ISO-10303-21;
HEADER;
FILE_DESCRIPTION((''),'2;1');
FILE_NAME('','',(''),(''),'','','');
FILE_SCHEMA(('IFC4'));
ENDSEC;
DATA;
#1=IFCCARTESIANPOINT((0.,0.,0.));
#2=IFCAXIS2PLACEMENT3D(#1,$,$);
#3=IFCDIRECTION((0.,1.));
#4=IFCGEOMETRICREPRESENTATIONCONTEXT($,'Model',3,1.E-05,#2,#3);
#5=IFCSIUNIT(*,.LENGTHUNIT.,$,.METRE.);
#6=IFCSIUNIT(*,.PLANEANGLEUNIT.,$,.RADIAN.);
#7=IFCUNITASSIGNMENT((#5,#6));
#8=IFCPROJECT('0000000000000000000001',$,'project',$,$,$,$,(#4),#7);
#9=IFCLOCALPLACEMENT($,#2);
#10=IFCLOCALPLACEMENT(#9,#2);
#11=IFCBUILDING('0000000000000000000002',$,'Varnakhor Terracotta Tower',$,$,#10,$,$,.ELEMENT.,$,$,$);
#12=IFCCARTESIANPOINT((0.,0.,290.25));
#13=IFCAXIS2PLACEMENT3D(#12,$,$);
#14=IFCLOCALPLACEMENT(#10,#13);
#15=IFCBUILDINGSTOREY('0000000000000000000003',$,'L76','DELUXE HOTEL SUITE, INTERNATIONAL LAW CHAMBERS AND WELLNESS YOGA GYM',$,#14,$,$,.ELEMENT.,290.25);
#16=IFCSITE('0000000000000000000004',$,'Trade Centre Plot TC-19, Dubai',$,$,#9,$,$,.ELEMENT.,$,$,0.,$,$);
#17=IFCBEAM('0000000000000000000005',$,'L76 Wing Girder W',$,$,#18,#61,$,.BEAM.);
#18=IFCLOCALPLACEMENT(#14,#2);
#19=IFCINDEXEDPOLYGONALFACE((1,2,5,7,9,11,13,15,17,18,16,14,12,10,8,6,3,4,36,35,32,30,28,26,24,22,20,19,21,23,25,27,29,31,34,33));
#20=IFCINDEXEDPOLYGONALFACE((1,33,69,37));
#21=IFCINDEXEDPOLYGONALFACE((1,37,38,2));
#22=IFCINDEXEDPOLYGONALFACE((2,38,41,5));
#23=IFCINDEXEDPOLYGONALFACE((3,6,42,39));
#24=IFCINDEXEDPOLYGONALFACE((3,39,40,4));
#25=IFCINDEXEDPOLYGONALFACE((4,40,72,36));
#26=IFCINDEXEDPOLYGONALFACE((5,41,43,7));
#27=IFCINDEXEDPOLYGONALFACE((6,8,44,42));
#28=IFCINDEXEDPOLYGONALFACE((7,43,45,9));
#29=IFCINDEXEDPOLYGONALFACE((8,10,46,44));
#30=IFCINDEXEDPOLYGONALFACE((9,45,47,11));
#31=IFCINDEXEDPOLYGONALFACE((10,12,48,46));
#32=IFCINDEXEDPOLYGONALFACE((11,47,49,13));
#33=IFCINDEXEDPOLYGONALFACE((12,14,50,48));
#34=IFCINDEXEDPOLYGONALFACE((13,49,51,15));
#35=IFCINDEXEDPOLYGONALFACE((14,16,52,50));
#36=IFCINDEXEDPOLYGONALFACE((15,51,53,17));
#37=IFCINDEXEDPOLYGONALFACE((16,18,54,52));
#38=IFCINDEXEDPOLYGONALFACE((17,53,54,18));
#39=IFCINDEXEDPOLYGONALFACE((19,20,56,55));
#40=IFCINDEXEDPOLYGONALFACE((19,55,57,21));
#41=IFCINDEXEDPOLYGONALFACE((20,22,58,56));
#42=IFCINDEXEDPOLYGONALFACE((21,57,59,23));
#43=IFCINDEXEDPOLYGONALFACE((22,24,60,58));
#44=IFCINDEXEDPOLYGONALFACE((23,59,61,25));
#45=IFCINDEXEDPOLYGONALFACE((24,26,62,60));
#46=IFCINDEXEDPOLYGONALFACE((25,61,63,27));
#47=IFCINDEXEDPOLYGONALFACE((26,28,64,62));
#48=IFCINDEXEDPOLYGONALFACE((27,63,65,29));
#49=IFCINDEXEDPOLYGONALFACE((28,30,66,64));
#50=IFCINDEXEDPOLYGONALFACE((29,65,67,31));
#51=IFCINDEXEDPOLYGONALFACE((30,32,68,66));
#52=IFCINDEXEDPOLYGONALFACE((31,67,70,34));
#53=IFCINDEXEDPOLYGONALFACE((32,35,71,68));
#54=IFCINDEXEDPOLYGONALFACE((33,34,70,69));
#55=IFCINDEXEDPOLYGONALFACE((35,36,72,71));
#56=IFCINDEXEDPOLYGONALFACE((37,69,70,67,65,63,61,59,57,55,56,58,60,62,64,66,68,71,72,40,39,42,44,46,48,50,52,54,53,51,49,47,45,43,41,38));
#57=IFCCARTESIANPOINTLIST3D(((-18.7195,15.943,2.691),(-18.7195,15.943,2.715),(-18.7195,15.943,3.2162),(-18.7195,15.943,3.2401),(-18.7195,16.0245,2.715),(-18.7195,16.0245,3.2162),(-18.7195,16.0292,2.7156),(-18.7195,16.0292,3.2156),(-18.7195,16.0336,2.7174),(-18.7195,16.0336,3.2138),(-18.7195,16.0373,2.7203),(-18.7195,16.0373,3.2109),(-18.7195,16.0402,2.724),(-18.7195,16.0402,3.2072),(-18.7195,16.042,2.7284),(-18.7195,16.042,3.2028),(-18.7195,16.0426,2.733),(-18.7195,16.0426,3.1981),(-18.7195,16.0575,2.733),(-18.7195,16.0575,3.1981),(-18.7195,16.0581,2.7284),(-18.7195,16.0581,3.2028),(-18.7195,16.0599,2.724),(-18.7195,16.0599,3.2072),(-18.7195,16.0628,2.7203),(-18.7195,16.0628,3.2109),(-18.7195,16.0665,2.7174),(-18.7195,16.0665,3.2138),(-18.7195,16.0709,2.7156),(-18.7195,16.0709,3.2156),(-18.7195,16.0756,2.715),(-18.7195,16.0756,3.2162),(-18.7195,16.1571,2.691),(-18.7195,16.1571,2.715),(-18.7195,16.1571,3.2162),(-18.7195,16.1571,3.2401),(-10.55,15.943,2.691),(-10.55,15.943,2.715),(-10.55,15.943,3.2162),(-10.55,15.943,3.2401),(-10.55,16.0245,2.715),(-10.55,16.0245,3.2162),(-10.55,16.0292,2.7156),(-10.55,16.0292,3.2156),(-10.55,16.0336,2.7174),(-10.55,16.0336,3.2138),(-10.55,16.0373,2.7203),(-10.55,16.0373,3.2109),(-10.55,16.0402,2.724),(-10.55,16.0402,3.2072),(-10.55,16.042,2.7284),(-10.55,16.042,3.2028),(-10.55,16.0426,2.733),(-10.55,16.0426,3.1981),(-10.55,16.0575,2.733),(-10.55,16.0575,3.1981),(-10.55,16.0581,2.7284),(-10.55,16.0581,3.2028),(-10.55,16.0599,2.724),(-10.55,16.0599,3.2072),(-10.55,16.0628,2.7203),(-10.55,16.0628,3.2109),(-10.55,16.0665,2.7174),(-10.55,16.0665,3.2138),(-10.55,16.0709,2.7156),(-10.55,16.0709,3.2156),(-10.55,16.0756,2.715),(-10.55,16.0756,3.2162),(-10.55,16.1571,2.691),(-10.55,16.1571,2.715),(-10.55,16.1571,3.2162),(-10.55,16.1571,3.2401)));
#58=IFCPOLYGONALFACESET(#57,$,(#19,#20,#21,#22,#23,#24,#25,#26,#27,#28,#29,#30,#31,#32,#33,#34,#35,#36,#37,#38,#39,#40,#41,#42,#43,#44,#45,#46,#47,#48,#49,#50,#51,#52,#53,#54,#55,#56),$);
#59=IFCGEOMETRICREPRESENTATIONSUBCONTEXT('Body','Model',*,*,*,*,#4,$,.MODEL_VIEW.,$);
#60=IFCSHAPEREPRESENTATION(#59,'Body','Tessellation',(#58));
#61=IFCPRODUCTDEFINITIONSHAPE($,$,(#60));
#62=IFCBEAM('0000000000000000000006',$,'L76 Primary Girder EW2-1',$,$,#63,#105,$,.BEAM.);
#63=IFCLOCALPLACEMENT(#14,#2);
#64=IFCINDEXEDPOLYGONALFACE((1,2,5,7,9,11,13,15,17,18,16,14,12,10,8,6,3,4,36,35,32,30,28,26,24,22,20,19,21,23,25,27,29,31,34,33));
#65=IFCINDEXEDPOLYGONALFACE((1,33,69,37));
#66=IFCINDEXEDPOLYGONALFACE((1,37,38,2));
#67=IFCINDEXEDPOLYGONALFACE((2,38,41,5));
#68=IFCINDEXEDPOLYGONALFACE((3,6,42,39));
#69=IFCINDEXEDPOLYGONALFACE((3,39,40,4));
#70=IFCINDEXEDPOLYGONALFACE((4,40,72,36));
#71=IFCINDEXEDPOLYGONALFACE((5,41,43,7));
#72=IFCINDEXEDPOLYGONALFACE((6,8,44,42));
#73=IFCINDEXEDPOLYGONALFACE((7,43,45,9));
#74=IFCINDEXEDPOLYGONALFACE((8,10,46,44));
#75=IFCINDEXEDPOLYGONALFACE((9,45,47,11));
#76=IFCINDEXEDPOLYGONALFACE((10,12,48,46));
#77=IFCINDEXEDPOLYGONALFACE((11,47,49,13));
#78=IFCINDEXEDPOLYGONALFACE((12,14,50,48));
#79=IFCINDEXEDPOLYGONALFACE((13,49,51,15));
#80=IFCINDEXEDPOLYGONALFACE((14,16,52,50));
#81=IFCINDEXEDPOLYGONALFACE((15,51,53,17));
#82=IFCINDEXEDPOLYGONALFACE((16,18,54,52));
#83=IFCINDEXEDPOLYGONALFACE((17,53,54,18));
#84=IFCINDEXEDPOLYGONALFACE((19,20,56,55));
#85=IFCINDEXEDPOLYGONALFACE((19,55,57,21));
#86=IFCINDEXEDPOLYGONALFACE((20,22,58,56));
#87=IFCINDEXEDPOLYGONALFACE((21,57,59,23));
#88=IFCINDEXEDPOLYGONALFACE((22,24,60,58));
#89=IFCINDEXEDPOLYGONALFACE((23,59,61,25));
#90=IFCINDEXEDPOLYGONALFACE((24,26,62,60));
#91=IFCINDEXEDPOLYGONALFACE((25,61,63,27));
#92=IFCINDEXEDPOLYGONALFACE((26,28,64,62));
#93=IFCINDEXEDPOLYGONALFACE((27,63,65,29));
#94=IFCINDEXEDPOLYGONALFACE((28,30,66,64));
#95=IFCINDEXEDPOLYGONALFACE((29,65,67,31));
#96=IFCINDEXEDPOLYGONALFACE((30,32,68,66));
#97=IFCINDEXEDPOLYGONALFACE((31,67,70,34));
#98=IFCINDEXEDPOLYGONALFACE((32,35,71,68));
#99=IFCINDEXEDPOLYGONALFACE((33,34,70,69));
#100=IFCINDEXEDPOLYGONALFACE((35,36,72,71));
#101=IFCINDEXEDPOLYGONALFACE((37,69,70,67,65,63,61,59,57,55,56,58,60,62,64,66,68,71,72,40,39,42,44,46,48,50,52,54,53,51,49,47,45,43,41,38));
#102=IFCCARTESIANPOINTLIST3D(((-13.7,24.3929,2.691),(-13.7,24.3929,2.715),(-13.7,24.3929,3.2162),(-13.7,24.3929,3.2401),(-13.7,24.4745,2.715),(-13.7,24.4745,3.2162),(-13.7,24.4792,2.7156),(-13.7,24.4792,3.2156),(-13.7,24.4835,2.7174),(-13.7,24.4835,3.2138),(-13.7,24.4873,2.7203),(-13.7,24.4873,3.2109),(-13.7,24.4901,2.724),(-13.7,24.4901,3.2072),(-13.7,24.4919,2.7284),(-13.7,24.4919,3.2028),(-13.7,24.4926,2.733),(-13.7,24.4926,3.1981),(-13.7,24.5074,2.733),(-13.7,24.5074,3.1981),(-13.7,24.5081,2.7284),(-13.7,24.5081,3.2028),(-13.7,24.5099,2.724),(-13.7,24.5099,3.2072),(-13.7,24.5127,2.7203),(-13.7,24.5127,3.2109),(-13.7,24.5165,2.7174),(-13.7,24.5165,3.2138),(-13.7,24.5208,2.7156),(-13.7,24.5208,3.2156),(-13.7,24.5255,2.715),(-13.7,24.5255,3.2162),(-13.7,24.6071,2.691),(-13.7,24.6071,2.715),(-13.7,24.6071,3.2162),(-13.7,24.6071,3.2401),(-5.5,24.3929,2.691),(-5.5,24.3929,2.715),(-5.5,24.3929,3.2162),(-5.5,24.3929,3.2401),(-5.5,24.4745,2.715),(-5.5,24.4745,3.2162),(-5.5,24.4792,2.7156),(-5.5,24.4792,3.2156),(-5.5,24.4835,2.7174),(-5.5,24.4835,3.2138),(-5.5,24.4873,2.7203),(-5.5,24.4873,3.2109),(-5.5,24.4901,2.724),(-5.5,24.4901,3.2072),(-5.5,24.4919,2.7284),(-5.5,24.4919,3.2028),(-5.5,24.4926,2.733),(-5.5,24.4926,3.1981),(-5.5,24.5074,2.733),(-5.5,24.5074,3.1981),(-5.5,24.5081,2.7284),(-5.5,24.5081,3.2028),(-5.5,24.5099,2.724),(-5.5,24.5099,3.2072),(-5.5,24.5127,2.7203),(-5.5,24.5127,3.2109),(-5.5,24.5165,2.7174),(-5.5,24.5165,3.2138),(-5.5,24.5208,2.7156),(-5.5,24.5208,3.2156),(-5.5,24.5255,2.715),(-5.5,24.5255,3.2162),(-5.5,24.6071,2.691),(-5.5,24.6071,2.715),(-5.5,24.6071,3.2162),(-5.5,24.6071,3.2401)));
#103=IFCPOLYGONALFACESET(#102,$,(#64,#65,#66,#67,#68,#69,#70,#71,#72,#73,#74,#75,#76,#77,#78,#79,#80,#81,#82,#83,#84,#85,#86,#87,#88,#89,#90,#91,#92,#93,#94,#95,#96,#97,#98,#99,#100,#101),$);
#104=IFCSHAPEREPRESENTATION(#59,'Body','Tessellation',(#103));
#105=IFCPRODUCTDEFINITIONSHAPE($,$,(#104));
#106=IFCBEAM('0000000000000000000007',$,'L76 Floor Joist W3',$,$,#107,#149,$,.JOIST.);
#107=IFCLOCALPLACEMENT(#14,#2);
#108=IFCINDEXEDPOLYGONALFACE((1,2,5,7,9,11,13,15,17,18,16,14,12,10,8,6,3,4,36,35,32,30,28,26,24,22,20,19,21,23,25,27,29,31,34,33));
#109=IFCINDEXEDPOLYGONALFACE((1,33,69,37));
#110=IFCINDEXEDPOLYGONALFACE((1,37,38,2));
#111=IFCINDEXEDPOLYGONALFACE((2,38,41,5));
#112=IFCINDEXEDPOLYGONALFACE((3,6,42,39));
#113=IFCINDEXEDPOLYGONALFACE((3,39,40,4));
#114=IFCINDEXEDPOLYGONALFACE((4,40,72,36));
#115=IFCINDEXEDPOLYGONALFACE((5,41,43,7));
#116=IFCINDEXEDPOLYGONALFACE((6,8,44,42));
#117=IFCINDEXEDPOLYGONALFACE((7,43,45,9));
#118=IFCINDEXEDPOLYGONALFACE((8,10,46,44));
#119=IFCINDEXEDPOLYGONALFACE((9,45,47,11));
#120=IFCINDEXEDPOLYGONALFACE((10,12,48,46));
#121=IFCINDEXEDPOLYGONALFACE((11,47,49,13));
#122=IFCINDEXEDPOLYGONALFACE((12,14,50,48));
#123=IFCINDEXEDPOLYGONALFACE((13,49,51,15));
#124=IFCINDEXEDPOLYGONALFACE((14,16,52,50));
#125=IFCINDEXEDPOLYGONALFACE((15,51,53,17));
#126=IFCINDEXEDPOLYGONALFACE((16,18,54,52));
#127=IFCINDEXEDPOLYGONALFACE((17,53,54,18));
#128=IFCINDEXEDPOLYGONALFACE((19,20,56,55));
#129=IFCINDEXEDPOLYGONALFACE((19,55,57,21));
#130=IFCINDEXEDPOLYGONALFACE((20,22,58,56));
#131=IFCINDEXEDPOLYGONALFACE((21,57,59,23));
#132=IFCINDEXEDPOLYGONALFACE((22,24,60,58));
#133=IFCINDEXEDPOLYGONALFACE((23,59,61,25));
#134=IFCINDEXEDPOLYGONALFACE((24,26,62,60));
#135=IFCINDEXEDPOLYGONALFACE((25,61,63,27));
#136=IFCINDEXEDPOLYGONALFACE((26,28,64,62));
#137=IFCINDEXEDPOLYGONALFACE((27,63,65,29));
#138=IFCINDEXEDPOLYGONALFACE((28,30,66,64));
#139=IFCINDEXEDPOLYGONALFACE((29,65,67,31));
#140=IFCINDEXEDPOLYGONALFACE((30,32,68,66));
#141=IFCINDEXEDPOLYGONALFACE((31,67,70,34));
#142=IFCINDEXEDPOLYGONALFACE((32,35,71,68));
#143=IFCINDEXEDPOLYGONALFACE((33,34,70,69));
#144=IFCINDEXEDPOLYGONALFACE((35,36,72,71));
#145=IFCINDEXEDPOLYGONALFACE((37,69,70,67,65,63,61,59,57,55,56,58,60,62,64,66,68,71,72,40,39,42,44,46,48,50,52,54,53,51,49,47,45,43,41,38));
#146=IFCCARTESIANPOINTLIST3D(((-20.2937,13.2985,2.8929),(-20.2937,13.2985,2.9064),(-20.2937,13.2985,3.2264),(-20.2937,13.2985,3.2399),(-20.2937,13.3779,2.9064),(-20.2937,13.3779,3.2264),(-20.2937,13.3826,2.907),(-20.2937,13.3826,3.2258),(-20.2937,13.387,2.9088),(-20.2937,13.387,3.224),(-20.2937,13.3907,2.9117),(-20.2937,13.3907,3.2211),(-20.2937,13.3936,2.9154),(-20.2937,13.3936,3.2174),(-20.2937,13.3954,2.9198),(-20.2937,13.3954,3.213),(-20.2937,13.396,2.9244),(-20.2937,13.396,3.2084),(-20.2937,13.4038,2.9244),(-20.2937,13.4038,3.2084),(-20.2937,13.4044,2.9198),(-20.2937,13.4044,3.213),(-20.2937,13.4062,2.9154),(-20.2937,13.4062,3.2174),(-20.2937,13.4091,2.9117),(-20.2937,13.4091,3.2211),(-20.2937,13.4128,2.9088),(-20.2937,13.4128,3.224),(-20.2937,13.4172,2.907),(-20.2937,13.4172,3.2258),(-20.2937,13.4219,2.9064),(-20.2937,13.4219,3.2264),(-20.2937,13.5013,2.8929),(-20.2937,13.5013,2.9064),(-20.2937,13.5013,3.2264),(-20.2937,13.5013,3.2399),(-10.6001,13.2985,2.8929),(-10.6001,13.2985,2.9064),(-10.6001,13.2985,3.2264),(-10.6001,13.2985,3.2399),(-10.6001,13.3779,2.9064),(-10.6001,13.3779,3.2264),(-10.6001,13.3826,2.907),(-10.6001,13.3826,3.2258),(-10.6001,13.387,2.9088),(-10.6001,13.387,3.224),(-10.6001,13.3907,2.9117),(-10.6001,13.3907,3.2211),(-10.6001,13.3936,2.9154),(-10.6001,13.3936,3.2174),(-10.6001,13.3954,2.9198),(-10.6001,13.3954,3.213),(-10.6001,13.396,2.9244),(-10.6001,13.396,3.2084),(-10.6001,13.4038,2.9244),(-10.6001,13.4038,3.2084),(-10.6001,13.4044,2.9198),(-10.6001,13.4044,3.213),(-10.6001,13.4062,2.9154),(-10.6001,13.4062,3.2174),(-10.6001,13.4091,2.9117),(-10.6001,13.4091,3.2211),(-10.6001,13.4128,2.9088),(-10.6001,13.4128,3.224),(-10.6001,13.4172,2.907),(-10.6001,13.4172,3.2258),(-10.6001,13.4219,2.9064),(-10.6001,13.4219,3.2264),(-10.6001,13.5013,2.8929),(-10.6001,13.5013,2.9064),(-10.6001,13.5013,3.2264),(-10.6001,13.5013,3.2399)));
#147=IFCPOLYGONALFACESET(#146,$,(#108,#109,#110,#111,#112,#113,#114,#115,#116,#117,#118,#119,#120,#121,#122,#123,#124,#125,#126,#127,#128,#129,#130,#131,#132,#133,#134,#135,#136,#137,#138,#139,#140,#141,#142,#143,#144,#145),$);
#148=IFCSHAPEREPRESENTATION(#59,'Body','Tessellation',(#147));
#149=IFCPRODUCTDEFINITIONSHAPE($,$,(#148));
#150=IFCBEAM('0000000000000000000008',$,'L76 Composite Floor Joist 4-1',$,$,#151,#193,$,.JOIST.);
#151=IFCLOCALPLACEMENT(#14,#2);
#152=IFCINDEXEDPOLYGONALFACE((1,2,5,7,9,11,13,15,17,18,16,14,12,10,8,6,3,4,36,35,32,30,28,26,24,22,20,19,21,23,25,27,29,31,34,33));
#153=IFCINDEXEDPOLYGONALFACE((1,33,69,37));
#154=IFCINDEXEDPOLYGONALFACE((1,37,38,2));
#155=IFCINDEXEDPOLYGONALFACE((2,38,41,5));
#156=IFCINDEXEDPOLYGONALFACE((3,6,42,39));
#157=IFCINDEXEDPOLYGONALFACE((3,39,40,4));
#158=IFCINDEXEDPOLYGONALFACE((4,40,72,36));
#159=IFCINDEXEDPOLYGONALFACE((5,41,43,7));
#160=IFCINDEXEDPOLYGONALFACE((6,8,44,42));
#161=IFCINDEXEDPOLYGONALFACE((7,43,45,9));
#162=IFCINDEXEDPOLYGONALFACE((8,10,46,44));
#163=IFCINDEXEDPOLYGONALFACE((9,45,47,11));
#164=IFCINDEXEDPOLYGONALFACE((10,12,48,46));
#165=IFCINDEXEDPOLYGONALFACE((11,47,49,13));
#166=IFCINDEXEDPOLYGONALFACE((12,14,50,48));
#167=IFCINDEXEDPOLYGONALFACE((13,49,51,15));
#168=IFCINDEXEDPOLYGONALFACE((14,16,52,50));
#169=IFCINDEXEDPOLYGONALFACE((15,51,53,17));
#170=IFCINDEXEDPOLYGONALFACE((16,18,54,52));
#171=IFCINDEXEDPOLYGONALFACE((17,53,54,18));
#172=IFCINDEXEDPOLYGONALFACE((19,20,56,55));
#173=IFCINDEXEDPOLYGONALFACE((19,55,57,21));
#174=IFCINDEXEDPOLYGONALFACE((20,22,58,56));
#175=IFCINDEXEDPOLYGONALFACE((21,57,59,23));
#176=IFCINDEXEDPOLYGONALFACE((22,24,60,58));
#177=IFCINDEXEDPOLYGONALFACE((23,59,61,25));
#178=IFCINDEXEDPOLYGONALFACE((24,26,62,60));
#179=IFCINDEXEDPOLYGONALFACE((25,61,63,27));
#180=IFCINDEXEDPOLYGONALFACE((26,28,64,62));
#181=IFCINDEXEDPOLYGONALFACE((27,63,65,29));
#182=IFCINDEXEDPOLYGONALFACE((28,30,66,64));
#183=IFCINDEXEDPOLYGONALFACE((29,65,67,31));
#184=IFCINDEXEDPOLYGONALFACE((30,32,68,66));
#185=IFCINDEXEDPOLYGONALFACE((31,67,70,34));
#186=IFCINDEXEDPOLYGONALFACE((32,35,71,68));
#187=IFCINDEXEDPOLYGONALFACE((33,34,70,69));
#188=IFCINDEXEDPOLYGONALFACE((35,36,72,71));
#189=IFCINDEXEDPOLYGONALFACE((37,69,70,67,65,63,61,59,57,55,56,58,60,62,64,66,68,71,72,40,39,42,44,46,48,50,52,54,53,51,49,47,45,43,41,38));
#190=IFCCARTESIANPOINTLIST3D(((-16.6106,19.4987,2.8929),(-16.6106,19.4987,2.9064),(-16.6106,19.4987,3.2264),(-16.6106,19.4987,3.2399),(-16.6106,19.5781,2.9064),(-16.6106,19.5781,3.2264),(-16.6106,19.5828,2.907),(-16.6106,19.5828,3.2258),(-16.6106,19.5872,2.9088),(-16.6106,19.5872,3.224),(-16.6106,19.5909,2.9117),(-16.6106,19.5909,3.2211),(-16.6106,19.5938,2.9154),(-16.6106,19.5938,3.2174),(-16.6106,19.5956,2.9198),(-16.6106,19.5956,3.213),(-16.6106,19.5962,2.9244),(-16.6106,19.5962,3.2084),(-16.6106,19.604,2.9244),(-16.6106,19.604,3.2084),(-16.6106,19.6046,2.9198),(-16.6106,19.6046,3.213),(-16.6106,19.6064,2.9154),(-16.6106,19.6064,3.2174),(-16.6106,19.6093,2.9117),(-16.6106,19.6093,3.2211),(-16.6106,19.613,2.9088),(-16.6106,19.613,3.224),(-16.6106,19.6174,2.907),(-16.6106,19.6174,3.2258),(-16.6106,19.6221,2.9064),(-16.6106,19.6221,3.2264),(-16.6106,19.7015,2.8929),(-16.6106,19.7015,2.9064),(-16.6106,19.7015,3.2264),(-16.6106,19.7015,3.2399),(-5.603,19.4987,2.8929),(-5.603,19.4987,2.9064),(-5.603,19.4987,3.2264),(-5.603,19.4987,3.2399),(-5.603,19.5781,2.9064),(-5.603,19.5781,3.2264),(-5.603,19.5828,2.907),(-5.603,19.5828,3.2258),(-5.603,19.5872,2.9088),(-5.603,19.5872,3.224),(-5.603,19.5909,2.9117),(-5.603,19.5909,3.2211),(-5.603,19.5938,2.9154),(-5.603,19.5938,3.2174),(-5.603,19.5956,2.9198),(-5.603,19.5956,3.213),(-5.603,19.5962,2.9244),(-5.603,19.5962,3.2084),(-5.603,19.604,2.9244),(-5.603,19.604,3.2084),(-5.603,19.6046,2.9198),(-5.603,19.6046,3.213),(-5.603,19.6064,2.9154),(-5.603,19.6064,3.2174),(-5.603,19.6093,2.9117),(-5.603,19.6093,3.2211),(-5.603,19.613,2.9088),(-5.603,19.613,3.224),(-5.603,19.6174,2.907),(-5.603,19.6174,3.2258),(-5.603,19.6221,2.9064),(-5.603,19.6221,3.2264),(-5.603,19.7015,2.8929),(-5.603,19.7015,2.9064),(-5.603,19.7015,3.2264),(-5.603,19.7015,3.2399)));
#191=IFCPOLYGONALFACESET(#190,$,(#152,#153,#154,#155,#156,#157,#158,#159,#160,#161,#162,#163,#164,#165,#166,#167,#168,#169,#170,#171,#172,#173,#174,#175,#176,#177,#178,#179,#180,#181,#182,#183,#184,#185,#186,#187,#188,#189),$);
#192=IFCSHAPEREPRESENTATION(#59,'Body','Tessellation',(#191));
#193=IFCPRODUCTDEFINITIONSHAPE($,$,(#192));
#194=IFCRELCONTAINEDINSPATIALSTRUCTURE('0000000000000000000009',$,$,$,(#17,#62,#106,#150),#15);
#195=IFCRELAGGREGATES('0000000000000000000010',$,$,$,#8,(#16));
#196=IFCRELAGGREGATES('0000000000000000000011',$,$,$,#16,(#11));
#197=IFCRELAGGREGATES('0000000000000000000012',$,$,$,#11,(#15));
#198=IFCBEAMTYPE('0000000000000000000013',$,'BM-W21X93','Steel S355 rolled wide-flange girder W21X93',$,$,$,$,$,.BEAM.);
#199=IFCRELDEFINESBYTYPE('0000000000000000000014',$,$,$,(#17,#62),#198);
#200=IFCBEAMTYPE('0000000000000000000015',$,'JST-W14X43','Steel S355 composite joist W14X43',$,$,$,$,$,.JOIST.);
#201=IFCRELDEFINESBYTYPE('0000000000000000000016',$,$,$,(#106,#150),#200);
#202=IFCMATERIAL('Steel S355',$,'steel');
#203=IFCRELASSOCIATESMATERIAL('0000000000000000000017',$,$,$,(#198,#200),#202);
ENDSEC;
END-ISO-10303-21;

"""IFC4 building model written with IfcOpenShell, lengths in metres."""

from ifc_helpers import new_model, si_unit, direction, frame, origin, origin_2d, place, context, subcontext, project, spatial, i_section, extrude, source, transform, mapped, material, material_profile, profile_set, type_object, element, save


model = new_model("IFC4")

# Units and contexts
model_context = context("Model", 3, precision=1e-05, world=origin(), true_north=direction((0.0, 1.0)))
body_context = subcontext(model_context, "Body", "Model", "MODEL_VIEW")
ifc_project = project(units=[si_unit("LENGTHUNIT", "METRE"), si_unit("PLANEANGLEUNIT", "RADIAN")], contexts=[model_context])

# Site, building, storey
site_placement = place(None, origin())
site = spatial("IfcSite", under=ifc_project, at=site_placement, Name="Trade Centre Plot TC-19, Dubai", CompositionType="ELEMENT", RefElevation=0.0)
building_placement = place(site_placement, origin())
building = spatial("IfcBuilding", under=site, at=building_placement, Name="Varnakhor Terracotta Tower", CompositionType="ELEMENT")
storey_placement = place(building_placement, frame((0.0, 0.0, 290.25)))
storey = spatial("IfcBuildingStorey", under=building, at=storey_placement, Name="L76", Description="DELUXE HOTEL SUITE, INTERNATIONAL LAW CHAMBERS AND WELLNESS YOGA GYM", CompositionType="ELEMENT", Elevation=290.25)

# Beams
ifc_material_1 = material(Name="Steel S355", Category="steel")
ifc_material_profile_1 = material_profile(ifc_material_1, i_section(OverallWidth=0.2141, OverallDepth=0.5491, WebThickness=0.0149, FlangeThickness=0.0239, FilletRadius=0.0181, at=origin_2d()), Name="W21X93")
ifc_profile_set_1 = profile_set([ifc_material_profile_1], Name="Steel S355")
beam_type_1 = type_object("IfcBeamType", Name="BM-W21X93", Description="Steel S355 rolled wide-flange girder W21X93", PredefinedType="BEAM", material=ifc_profile_set_1)
shared_shape_1 = source(origin(), body_context, "Body", "SweptSolid", [
    extrude(i_section(OverallWidth=0.2141, OverallDepth=0.5491, WebThickness=0.0149, FlangeThickness=0.0239, FilletRadius=0.0181, at=origin_2d()), origin(), (0.0, 0.0, 1.0), 8.1694),
])
beam_1_placement = place(storey_placement, frame((-18.7195, 16.05, 2.9656), z_axis=(1.0, 0.0, 0.0), x_axis=(0.0, 1.0, 0.0)))
element("IfcBeam", 1, at=beam_1_placement, inside=storey, type_object=beam_type_1, Name="L76 Wing Girder W", PredefinedType="BEAM", context=body_context, shape_type="MappedRepresentation", body=[
    mapped(shared_shape_1, transform((0.0, 0.0, 0.0), scale=1.0)),
])
shared_shape_2 = source(origin(), body_context, "Body", "SweptSolid", [
    extrude(i_section(OverallWidth=0.2141, OverallDepth=0.5491, WebThickness=0.0149, FlangeThickness=0.0239, FilletRadius=0.0181, at=origin_2d()), origin(), (0.0, 0.0, 1.0), 8.2),
])
beam_2_placement = place(storey_placement, frame((-13.7, 24.5, 2.9656), z_axis=(1.0, 0.0, 0.0), x_axis=(0.0, 1.0, 0.0)))
element("IfcBeam", 2, at=beam_2_placement, inside=storey, type_object=beam_type_1, Name="L76 Primary Girder EW2-1", PredefinedType="BEAM", context=body_context, shape_type="MappedRepresentation", body=[
    mapped(shared_shape_2, transform((0.0, 0.0, 0.0), scale=1.0)),
])
ifc_material_profile_2 = material_profile(ifc_material_1, i_section(OverallWidth=0.2029, OverallDepth=0.3469, WebThickness=0.0078, FlangeThickness=0.0134, FilletRadius=0.0181, at=origin_2d()), Name="W14X43")
ifc_profile_set_2 = profile_set([ifc_material_profile_2], Name="Steel S355")
beam_type_2 = type_object("IfcBeamType", Name="JST-W14X43", Description="Steel S355 composite joist W14X43", PredefinedType="JOIST", material=ifc_profile_set_2)
shared_shape_3 = source(origin(), body_context, "Body", "SweptSolid", [
    extrude(i_section(OverallWidth=0.2029, OverallDepth=0.3469, WebThickness=0.0078, FlangeThickness=0.0134, FilletRadius=0.0181, at=origin_2d()), origin(), (0.0, 0.0, 1.0), 9.6936),
])
beam_3_placement = place(storey_placement, frame((-20.2937, 13.3999, 3.0664), z_axis=(1.0, 0.0, 0.0), x_axis=(0.0, 1.0, 0.0)))
element("IfcBeam", 3, at=beam_3_placement, inside=storey, type_object=beam_type_2, Name="L76 Floor Joist W3", PredefinedType="JOIST", context=body_context, shape_type="MappedRepresentation", body=[
    mapped(shared_shape_3, transform((0.0, 0.0, 0.0), scale=1.0)),
])
shared_shape_4 = source(origin(), body_context, "Body", "SweptSolid", [
    extrude(i_section(OverallWidth=0.2029, OverallDepth=0.3469, WebThickness=0.0078, FlangeThickness=0.0134, FilletRadius=0.0181, at=origin_2d()), origin(), (0.0, 0.0, 1.0), 11.0076),
])
beam_4_placement = place(storey_placement, frame((-16.6106, 19.6001, 3.0664), z_axis=(1.0, 0.0, 0.0), x_axis=(0.0, 1.0, 0.0)))
element("IfcBeam", 4, at=beam_4_placement, inside=storey, type_object=beam_type_2, Name="L76 Composite Floor Joist 4-1", PredefinedType="JOIST", context=body_context, shape_type="MappedRepresentation", body=[
    mapped(shared_shape_4, transform((0.0, 0.0, 0.0), scale=1.0)),
])

save(model, "model.ifc")
